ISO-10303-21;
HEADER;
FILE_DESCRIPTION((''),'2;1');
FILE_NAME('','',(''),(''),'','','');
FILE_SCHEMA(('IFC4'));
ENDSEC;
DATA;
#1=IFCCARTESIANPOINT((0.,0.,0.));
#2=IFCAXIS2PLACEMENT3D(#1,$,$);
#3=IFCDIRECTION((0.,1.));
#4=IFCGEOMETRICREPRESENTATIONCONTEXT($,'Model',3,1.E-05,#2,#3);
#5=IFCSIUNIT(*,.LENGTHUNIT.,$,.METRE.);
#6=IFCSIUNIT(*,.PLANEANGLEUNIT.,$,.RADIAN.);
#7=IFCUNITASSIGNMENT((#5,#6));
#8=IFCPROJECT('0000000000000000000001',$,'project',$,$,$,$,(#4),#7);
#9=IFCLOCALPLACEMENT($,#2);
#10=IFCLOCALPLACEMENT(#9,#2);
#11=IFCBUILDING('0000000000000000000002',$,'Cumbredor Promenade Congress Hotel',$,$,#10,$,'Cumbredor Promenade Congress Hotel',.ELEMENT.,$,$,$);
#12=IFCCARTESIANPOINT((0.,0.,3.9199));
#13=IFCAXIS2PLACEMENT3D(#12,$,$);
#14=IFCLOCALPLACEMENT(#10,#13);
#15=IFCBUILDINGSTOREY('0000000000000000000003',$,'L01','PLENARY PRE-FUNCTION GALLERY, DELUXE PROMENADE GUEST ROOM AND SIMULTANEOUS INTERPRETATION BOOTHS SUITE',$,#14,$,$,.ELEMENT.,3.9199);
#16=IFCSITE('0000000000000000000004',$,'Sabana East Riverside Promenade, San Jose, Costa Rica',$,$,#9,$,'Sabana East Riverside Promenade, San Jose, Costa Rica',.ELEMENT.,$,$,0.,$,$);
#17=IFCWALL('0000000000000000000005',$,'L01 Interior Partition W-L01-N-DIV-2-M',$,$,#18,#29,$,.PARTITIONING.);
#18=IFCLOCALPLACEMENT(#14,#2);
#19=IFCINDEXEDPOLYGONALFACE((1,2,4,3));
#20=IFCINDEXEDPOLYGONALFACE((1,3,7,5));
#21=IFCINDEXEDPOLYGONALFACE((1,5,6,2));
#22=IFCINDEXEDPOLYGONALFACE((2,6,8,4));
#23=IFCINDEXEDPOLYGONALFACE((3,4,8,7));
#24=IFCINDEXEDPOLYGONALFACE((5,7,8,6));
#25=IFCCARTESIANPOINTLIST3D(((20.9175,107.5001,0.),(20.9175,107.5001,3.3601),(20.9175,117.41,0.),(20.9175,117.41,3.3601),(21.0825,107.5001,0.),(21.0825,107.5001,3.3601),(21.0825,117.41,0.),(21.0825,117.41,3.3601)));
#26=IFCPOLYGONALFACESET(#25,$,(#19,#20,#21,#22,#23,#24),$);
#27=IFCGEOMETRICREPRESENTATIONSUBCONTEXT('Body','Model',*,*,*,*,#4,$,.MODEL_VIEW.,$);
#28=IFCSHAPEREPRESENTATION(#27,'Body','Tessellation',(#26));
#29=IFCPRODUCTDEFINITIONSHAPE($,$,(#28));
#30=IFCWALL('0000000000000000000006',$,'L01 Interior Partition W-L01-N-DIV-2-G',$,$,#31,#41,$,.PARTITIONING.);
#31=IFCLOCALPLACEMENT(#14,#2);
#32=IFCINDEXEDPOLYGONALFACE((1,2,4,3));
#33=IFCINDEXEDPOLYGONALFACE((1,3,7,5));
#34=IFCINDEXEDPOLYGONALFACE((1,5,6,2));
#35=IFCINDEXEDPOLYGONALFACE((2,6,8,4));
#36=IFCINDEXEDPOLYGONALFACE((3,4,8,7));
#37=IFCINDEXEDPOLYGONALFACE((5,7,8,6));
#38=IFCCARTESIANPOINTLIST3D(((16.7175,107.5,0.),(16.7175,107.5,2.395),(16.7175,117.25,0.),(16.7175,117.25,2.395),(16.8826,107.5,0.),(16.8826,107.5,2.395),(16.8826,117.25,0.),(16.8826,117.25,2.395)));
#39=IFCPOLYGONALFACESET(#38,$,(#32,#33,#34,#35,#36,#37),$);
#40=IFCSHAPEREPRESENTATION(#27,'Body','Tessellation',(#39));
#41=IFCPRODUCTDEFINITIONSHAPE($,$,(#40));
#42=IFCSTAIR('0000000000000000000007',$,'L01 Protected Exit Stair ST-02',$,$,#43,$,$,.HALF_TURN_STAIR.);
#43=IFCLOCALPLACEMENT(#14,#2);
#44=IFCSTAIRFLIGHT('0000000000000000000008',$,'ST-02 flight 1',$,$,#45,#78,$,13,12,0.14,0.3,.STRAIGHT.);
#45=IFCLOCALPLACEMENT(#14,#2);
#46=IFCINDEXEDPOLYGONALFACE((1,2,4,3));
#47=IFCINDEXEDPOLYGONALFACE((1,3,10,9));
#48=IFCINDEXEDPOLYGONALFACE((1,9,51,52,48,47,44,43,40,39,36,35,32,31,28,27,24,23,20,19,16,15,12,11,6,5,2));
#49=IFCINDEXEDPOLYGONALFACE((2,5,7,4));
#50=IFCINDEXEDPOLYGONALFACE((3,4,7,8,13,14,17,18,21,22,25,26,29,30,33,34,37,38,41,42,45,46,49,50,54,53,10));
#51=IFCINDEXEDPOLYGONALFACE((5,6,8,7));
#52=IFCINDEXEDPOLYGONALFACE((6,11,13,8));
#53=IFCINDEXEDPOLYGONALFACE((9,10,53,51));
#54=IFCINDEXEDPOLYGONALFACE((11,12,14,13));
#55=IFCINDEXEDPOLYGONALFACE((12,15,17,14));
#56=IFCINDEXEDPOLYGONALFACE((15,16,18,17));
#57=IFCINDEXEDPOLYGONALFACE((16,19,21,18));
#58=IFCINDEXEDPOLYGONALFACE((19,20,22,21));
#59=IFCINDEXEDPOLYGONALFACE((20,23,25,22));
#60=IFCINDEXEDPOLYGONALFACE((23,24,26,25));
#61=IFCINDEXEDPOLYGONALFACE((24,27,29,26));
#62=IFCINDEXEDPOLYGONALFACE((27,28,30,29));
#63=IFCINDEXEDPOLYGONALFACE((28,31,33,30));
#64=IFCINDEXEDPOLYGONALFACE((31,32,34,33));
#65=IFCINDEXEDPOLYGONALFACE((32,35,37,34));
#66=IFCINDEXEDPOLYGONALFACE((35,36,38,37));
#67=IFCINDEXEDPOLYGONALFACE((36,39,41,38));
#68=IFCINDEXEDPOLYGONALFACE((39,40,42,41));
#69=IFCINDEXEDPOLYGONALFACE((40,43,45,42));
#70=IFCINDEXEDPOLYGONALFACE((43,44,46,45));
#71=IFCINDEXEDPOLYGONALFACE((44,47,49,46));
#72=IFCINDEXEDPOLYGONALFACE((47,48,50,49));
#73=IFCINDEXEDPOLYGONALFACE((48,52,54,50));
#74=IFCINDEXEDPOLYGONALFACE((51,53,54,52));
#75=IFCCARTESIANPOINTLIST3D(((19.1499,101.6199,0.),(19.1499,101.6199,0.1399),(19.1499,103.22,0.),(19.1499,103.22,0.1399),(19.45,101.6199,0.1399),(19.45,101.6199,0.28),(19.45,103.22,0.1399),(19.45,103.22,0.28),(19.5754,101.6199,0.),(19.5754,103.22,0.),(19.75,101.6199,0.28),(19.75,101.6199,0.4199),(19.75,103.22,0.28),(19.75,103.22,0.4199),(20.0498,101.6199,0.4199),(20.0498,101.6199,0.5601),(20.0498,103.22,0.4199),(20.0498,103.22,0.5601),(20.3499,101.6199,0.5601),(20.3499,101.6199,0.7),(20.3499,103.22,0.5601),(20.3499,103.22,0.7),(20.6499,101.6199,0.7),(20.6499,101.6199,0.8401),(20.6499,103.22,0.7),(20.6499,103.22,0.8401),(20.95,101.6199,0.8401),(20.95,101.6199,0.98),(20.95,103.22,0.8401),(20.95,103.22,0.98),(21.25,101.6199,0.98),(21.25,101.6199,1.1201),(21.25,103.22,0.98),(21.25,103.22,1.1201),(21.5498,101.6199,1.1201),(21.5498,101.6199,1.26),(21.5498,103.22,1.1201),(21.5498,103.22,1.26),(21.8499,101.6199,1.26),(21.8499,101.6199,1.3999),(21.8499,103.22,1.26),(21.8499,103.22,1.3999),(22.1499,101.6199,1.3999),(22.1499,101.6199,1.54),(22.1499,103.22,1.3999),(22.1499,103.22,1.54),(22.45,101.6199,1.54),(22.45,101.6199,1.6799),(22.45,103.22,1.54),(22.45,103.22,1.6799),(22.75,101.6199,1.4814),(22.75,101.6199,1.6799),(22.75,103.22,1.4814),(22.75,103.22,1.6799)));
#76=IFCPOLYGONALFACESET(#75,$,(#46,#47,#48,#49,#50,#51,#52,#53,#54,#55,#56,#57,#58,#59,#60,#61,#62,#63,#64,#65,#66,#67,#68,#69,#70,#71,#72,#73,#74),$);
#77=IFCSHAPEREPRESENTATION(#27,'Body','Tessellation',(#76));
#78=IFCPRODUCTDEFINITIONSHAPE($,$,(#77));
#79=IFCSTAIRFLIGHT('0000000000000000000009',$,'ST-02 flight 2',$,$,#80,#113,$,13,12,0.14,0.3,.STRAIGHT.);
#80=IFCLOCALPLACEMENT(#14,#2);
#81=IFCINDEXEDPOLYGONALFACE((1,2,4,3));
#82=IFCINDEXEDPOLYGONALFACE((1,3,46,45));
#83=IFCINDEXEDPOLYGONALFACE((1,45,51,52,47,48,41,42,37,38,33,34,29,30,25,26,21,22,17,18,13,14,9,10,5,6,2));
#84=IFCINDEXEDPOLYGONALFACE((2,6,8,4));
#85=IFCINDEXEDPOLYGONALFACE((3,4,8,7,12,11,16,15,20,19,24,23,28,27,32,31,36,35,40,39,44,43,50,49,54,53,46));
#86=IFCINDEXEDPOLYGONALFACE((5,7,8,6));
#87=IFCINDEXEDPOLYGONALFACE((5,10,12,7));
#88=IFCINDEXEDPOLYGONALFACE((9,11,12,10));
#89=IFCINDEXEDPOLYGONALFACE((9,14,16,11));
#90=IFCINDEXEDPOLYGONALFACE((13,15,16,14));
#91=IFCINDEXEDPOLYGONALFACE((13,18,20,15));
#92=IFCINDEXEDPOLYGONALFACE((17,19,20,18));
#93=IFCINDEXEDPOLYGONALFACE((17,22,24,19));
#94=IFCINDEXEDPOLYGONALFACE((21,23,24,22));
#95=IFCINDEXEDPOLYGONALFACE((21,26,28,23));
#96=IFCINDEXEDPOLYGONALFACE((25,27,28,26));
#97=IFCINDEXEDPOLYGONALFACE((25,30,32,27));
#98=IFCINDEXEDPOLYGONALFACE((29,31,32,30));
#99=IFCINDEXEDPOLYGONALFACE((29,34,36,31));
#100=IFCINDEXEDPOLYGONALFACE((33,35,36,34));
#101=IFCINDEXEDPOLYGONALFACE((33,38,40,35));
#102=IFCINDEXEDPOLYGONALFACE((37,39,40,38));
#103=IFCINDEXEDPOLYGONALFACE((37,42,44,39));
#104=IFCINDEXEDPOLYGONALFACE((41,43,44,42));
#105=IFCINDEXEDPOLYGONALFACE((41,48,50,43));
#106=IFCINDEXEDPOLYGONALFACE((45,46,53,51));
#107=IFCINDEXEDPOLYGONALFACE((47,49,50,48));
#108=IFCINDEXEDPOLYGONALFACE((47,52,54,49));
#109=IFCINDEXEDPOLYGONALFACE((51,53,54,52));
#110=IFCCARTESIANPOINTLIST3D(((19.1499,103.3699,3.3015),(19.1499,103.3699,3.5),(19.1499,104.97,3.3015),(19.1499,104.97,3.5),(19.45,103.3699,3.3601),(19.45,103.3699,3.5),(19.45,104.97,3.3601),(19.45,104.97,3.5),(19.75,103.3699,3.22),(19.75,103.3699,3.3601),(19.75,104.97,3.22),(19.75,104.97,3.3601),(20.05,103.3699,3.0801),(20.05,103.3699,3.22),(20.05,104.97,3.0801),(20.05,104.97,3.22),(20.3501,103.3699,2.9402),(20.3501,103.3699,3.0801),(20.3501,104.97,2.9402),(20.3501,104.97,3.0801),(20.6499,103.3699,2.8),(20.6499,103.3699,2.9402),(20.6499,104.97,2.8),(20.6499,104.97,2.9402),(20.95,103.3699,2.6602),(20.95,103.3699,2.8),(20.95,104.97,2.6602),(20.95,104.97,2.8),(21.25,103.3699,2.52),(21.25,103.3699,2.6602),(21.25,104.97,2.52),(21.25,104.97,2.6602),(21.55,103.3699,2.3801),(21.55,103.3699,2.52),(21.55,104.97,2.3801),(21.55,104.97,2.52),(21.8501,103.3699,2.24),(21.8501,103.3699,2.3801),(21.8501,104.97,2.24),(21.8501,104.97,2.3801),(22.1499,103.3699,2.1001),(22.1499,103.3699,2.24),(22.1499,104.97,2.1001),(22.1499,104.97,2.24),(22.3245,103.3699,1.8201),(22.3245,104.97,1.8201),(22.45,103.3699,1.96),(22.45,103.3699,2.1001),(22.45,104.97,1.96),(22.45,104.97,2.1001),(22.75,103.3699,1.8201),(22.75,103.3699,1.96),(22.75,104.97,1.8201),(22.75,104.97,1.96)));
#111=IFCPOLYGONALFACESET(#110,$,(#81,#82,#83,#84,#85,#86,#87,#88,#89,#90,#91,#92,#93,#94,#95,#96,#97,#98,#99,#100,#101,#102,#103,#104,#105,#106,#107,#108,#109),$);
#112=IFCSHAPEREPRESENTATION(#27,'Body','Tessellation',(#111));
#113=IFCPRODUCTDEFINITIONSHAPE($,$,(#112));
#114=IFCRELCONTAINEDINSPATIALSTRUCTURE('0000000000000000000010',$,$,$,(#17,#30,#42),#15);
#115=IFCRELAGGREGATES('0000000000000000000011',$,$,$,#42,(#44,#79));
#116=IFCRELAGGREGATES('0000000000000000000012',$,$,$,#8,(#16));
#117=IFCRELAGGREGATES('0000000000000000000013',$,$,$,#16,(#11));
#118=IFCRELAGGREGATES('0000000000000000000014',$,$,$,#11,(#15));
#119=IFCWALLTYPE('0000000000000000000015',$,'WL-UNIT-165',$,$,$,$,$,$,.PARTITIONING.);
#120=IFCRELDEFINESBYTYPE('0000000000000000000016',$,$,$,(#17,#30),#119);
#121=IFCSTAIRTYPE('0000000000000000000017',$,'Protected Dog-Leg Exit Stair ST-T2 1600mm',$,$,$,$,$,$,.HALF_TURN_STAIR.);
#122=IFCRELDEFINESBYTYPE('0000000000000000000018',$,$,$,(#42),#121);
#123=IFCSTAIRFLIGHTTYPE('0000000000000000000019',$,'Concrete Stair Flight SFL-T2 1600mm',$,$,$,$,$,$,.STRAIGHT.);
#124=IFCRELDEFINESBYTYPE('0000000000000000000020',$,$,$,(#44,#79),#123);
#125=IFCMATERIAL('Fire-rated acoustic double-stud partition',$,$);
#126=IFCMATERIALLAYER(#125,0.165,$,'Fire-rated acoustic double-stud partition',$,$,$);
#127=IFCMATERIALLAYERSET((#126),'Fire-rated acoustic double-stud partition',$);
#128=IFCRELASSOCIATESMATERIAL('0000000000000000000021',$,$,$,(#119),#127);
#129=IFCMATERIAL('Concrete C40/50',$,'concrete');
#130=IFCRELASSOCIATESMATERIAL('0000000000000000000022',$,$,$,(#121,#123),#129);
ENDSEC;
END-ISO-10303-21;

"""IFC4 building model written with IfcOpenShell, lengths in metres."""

from ifc_helpers import new_model, si_unit, direction, frame, frame_2d, origin, place, context, subcontext, project, spatial, polyline, rectangle, outline, extrude, material, layer, layer_set, type_object, element, aggregate, save


model = new_model("IFC4")

# Units and contexts
model_context = context("Model", 3, precision=1e-05, world=origin(), true_north=direction((0.0, 1.0)))
body_context = subcontext(model_context, "Body", "Model", "MODEL_VIEW")
ifc_project = project(units=[si_unit("LENGTHUNIT", "METRE"), si_unit("PLANEANGLEUNIT", "RADIAN")], contexts=[model_context])

# Site, building, storey
site_placement = place(None, origin())
site = spatial("IfcSite", under=ifc_project, at=site_placement, Name="Sabana East Riverside Promenade, San Jose, Costa Rica", LongName="Sabana East Riverside Promenade, San Jose, Costa Rica", CompositionType="ELEMENT", RefElevation=0.0)
building_placement = place(site_placement, origin())
building = spatial("IfcBuilding", under=site, at=building_placement, Name="Cumbredor Promenade Congress Hotel", LongName="Cumbredor Promenade Congress Hotel", CompositionType="ELEMENT")
storey_placement = place(building_placement, frame((0.0, 0.0, 3.9199)))
storey = spatial("IfcBuildingStorey", under=building, at=storey_placement, Name="L01", Description="PLENARY PRE-FUNCTION GALLERY, DELUXE PROMENADE GUEST ROOM AND SIMULTANEOUS INTERPRETATION BOOTHS SUITE", CompositionType="ELEMENT", Elevation=3.9199)

# Shared definitions
ifc_material_1 = material(Name="Concrete C40/50", Category="concrete")

# Walls
ifc_material_2 = material(Name="Fire-rated acoustic double-stud partition")
ifc_layer_1 = layer(ifc_material_2, 0.165, Name="Fire-rated acoustic double-stud partition")
ifc_layer_set_1 = layer_set([ifc_layer_1], Name="Fire-rated acoustic double-stud partition")
wall_type_1 = type_object("IfcWallType", Name="WL-UNIT-165", PredefinedType="PARTITIONING", material=ifc_layer_set_1)
wall_1_placement = place(storey_placement, frame((21.0, 107.5, 0.0), z_axis=(0.0, 0.0, 1.0), x_axis=(0.0, 1.0, 0.0)))
element("IfcWall", 1, at=wall_1_placement, inside=storey, type_object=wall_type_1, Name="L01 Interior Partition W-L01-N-DIV-2-M", PredefinedType="PARTITIONING", context=body_context, shape_type="SweptSolid", body=[
    extrude(rectangle(XDim=9.9099, YDim=0.165, at=frame_2d((4.9551, 0.0))), origin(), (0.0, 0.0, 1.0), 3.3601),
])
wall_2_placement = place(storey_placement, frame((16.8, 107.5, 0.0), z_axis=(0.0, 0.0, 1.0), x_axis=(0.0, 1.0, 0.0)))
element("IfcWall", 2, at=wall_2_placement, inside=storey, type_object=wall_type_1, Name="L01 Interior Partition W-L01-N-DIV-2-G", PredefinedType="PARTITIONING", context=body_context, shape_type="SweptSolid", body=[
    extrude(rectangle(XDim=9.75, YDim=0.165, at=frame_2d((4.875, 0.0))), origin(), (0.0, 0.0, 1.0), 2.395),
])

# Stair, stair flights
stair_type = type_object("IfcStairType", Name="Protected Dog-Leg Exit Stair ST-T2 1600mm", PredefinedType="HALF_TURN_STAIR", material=ifc_material_1)
stair_placement = place(storey_placement, origin())
stair = element("IfcStair", 3, at=stair_placement, inside=storey, type_object=stair_type, Name="L01 Protected Exit Stair ST-02", PredefinedType="HALF_TURN_STAIR")
stair_flight_type = type_object("IfcStairFlightType", Name="Concrete Stair Flight SFL-T2 1600mm", PredefinedType="STRAIGHT", material=ifc_material_1)
stair_flight_1_placement = place(storey_placement, frame((19.1499, 102.4199, 0.0), z_axis=(0.0, 0.0, 1.0), x_axis=(1.0, 0.0, 0.0)))
stair_flight_1 = element("IfcStairFlight", 4, at=stair_flight_1_placement, type_object=stair_flight_type, Name="ST-02 flight 1", NumberOfRisers=13, NumberOfTreads=12, PredefinedType="STRAIGHT", RiserHeight=0.14, TreadLength=0.3, context=body_context, shape_type="SweptSolid", body=[
    extrude(outline(polyline([(0.0, 0.0), (0.0, 0.1399), (0.3, 0.1399), (0.3, 0.28), (0.6001, 0.28), (0.6001, 0.4199), (0.8999, 0.4199), (0.8999, 0.5601), (1.2, 0.5601), (1.2, 0.7), (1.5, 0.7), (1.5, 0.8401), (1.8, 0.8401), (1.8, 0.98), (2.1001, 0.98), (2.1001, 1.1201), (2.3999, 1.1201), (2.3999, 1.26), (2.7, 1.26), (2.7, 1.3999), (3.0, 1.3999), (3.0, 1.54), (3.3, 1.54), (3.3, 1.6799), (3.6001, 1.6799), (3.6001, 1.8201), (3.6001, 1.4814), (0.4255, 0.0), (0.0, 0.0)])), frame((0.0, 0.8, 0.0), z_axis=(0.0, -1.0, 0.0), x_axis=(1.0, 0.0, 0.0)), (0.0, 0.0, 1.0), 1.6001),
])
stair_flight_2_placement = place(storey_placement, frame((22.75, 104.1699, 1.8201), z_axis=(0.0, 0.0, 1.0), x_axis=(-1.0, 0.0, 0.0)))
stair_flight_2 = element("IfcStairFlight", 5, at=stair_flight_2_placement, type_object=stair_flight_type, Name="ST-02 flight 2", NumberOfRisers=13, NumberOfTreads=12, PredefinedType="STRAIGHT", RiserHeight=0.14, TreadLength=0.3, context=body_context, shape_type="SweptSolid", body=[
    extrude(outline(polyline([(0.0, 0.0), (0.0, 0.1399), (0.3, 0.1399), (0.3, 0.28), (0.6001, 0.28), (0.6001, 0.4199), (0.8999, 0.4199), (0.8999, 0.5601), (1.2, 0.5601), (1.2, 0.7), (1.5, 0.7), (1.5, 0.8401), (1.8, 0.8401), (1.8, 0.98), (2.1001, 0.98), (2.1001, 1.1201), (2.3999, 1.1201), (2.3999, 1.26), (2.7, 1.26), (2.7, 1.3999), (3.0, 1.3999), (3.0, 1.54), (3.3, 1.54), (3.3, 1.6799), (3.6001, 1.6799), (3.6001, 1.8201), (3.6001, 1.4814), (0.4255, 0.0), (0.0, 0.0)])), frame((0.0, 0.8, 0.0), z_axis=(0.0, -1.0, 0.0), x_axis=(1.0, 0.0, 0.0)), (0.0, 0.0, 1.0), 1.6001),
])
aggregate(stair, [stair_flight_1, stair_flight_2])

save(model, "model.ifc")
